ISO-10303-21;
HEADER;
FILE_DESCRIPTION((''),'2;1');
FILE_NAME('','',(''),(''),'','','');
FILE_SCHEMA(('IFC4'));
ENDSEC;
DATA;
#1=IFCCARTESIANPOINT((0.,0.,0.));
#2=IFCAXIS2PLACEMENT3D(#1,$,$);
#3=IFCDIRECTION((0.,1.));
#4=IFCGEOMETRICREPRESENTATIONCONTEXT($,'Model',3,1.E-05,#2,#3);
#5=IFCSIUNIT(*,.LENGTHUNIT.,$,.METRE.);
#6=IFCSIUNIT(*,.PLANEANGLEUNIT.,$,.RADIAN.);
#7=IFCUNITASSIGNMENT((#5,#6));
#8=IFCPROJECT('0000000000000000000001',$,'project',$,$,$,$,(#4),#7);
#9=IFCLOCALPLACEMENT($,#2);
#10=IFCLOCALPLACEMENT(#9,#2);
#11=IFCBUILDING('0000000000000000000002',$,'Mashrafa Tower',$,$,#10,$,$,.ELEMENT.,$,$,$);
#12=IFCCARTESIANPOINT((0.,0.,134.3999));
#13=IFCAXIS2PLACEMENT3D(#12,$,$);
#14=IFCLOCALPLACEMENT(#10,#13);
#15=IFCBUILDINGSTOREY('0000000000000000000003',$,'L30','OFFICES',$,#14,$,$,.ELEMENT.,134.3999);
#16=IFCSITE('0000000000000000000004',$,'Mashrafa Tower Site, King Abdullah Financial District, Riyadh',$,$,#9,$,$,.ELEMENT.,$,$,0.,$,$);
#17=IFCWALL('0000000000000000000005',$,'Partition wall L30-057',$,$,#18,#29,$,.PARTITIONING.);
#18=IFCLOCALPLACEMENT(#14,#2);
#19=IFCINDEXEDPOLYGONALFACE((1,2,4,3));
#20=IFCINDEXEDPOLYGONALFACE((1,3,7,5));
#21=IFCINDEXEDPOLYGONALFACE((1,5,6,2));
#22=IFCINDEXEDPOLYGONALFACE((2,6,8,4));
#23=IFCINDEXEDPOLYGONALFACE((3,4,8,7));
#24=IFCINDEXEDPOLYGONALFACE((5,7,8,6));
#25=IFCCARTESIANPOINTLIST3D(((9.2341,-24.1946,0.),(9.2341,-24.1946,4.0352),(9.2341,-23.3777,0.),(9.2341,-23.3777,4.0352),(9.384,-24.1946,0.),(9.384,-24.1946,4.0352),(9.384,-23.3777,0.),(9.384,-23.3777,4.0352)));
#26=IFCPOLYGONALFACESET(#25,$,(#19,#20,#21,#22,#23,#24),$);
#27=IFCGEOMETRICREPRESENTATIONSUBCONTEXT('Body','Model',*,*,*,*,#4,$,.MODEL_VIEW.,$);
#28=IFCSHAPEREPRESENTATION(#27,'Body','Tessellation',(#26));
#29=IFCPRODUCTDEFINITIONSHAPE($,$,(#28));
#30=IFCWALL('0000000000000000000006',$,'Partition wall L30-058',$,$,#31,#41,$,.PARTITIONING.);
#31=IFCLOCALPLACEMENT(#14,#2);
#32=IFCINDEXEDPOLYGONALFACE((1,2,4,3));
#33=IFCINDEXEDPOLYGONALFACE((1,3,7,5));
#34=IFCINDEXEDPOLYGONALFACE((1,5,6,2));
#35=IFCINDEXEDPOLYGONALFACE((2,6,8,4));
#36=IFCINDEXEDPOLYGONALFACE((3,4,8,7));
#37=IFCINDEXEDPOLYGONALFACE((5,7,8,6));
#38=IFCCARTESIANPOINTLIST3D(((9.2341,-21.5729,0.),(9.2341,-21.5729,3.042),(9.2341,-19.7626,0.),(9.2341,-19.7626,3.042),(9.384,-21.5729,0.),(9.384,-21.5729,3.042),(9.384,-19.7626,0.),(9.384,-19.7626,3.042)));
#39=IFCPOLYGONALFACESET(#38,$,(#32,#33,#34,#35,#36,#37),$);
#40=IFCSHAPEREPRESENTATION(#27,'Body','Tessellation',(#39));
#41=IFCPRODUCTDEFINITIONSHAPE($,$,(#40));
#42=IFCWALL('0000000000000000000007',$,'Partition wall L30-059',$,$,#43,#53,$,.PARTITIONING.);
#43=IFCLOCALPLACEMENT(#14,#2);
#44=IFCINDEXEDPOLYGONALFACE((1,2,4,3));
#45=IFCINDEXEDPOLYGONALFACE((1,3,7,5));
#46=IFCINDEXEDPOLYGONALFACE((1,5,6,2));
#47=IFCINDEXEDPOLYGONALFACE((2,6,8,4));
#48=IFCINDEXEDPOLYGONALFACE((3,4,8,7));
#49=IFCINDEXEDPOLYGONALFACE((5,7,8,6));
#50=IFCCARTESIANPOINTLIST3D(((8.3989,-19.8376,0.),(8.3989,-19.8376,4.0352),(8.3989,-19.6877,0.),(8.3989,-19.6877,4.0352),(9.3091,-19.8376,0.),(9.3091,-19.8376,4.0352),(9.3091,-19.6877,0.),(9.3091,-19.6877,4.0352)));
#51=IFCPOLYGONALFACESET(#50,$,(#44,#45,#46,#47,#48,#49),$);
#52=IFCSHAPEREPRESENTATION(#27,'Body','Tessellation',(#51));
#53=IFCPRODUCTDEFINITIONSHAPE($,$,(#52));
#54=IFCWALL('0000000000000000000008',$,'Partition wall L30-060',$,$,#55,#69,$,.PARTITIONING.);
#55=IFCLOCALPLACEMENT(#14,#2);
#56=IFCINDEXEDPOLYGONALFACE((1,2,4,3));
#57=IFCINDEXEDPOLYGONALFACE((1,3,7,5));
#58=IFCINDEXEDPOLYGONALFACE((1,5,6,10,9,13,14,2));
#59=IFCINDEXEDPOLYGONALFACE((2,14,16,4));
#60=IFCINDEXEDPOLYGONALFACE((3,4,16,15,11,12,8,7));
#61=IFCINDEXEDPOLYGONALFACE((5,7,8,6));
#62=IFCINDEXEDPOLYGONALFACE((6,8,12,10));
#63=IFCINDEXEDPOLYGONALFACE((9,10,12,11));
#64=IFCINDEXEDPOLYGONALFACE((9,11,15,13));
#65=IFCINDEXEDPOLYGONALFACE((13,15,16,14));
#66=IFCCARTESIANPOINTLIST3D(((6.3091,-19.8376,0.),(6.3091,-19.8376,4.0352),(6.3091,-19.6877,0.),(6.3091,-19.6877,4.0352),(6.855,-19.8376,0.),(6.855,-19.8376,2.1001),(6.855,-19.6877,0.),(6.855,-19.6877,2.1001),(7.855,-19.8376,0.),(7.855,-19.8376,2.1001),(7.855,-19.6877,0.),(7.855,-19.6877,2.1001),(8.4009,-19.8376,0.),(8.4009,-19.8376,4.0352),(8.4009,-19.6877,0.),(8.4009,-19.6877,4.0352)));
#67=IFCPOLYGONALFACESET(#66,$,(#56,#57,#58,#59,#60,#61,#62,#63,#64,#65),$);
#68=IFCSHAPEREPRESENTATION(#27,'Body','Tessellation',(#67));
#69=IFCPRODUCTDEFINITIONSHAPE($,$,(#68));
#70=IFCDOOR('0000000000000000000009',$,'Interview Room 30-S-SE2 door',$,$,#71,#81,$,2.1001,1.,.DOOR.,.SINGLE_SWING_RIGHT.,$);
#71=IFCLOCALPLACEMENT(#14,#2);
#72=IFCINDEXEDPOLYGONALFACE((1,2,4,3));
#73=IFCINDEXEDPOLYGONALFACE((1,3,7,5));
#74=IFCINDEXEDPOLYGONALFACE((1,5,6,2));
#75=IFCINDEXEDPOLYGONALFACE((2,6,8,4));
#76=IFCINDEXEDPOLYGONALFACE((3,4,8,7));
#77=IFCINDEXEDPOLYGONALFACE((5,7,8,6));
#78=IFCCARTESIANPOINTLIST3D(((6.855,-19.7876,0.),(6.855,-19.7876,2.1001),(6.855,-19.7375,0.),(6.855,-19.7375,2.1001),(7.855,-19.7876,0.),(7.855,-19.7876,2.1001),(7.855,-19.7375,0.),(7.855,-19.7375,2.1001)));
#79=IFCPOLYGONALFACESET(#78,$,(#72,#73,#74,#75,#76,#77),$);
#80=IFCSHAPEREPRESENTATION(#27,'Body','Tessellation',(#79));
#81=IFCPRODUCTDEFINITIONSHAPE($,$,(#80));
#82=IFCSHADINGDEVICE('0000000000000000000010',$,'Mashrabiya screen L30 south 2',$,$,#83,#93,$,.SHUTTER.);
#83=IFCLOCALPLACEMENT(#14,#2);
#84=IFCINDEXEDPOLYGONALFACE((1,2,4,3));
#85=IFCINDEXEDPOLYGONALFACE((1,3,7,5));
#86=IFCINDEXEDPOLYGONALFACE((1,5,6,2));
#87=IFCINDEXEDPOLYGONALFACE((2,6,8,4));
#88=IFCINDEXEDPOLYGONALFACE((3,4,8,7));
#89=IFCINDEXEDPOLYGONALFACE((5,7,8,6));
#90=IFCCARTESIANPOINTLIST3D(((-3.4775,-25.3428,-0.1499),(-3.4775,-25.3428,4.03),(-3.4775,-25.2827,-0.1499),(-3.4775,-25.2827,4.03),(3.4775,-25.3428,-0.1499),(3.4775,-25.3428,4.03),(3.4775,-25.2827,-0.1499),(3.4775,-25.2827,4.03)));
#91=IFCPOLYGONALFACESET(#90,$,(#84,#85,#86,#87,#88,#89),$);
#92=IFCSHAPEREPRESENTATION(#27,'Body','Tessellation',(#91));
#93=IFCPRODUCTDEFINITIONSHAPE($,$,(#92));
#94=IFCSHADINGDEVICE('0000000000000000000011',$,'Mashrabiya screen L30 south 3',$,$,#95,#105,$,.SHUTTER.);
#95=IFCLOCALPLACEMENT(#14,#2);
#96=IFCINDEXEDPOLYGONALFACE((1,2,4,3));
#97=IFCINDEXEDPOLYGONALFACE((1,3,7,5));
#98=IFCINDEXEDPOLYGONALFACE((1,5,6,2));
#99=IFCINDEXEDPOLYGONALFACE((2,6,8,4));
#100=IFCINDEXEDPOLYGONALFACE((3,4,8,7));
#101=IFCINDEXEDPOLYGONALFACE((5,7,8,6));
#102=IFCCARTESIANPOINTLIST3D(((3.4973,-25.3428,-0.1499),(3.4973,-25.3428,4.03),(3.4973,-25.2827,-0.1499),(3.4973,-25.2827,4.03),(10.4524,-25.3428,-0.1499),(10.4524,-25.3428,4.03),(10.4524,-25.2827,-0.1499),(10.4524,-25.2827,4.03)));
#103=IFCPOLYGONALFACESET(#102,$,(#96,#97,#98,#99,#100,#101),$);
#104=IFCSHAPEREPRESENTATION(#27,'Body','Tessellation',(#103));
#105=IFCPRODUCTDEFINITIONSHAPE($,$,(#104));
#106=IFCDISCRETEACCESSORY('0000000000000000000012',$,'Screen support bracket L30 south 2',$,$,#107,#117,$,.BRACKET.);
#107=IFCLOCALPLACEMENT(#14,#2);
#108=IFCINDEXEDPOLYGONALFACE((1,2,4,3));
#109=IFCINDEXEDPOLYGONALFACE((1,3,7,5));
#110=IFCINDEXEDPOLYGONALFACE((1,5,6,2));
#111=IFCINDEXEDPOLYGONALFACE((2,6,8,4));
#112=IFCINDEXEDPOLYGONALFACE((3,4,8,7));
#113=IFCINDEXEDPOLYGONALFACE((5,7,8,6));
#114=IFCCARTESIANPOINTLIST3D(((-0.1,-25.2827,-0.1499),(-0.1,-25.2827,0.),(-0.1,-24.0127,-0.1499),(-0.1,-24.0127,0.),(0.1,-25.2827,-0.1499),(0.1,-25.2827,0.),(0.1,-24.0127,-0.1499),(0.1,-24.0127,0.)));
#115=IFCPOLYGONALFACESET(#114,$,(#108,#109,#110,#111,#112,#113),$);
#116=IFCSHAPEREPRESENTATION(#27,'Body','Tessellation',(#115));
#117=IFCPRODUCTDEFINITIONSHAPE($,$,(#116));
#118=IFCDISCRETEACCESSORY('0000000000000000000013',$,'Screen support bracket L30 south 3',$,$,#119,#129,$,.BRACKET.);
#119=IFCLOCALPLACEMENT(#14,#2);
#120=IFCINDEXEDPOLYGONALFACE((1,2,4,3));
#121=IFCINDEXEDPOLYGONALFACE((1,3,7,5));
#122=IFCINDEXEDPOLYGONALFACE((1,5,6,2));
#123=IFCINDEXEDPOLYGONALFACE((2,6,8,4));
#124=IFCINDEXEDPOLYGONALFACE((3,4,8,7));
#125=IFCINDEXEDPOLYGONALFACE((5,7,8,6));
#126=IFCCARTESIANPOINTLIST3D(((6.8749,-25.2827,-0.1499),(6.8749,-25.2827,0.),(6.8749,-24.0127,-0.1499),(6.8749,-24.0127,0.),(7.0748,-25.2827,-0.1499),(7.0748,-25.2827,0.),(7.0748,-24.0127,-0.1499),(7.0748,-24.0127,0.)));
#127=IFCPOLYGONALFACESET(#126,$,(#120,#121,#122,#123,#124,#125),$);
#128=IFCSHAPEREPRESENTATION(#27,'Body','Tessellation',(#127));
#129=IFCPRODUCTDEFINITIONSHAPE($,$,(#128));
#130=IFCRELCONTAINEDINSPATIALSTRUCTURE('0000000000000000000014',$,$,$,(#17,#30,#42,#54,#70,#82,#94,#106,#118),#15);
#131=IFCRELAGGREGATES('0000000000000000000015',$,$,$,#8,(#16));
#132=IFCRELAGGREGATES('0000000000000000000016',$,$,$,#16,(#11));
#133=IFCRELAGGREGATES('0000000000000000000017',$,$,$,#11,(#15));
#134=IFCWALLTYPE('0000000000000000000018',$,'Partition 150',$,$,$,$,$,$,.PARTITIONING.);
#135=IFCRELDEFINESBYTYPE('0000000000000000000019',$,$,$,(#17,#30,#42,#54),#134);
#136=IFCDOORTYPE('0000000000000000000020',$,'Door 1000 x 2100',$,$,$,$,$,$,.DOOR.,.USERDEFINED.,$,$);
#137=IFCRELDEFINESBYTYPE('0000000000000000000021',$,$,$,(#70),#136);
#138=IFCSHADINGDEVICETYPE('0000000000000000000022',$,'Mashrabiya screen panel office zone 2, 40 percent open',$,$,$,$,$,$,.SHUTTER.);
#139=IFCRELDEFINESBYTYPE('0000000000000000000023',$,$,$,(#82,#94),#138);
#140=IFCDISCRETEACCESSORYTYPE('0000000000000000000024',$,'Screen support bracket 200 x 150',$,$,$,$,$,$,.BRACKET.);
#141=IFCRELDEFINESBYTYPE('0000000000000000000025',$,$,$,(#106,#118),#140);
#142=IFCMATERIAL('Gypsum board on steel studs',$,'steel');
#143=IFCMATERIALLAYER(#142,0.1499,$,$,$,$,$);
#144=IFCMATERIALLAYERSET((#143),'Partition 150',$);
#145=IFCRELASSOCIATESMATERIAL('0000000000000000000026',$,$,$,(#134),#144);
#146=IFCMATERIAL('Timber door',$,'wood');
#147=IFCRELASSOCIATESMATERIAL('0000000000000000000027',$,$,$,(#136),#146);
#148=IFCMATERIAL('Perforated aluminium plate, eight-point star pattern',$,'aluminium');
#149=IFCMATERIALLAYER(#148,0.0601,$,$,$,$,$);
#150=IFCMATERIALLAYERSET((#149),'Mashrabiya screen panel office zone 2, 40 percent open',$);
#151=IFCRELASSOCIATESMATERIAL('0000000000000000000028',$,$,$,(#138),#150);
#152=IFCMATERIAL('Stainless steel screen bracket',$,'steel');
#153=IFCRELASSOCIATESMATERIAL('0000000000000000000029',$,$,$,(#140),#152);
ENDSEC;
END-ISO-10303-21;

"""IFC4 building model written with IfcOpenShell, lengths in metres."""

from ifc_helpers import new_model, si_unit, direction, frame, frame_2d, origin, origin_2d, place, context, subcontext, project, spatial, rectangle, extrude, source, transform, mapped, material, layer, layer_set, type_object, type_shapes, element, fill, save


model = new_model("IFC4")

# Units and contexts
model_context = context("Model", 3, precision=1e-05, world=origin(), true_north=direction((0.0, 1.0)))
body_context = subcontext(model_context, "Body", "Model", "MODEL_VIEW")
ifc_project = project(units=[si_unit("LENGTHUNIT", "METRE"), si_unit("PLANEANGLEUNIT", "RADIAN")], contexts=[model_context])

# Site, building, storey
site_placement = place(None, origin())
site = spatial("IfcSite", under=ifc_project, at=site_placement, Name="Mashrafa Tower Site, King Abdullah Financial District, Riyadh", CompositionType="ELEMENT", RefElevation=0.0)
building_placement = place(site_placement, origin())
building = spatial("IfcBuilding", under=site, at=building_placement, Name="Mashrafa Tower", CompositionType="ELEMENT")
storey_placement = place(building_placement, frame((0.0, 0.0, 134.3999)))
storey = spatial("IfcBuildingStorey", under=building, at=storey_placement, Name="L30", Description="OFFICES", CompositionType="ELEMENT", Elevation=134.3999)

# Walls
ifc_material_1 = material(Name="Gypsum board on steel studs", Category="steel")
ifc_layer_1 = layer(ifc_material_1, 0.1499)
ifc_layer_set_1 = layer_set([ifc_layer_1], Name="Partition 150")
wall_type_1 = type_object("IfcWallType", Name="Partition 150", PredefinedType="PARTITIONING", material=ifc_layer_set_1)
wall_1_placement = place(storey_placement, frame((9.3091, -24.1946, 0.0), z_axis=(0.0, 0.0, 1.0), x_axis=(0.0, 1.0, 0.0)))
element("IfcWall", 1, at=wall_1_placement, inside=storey, type_object=wall_type_1, Name="Partition wall L30-057", PredefinedType="PARTITIONING", context=body_context, shape_type="SweptSolid", body=[
    extrude(rectangle(XDim=0.8169, YDim=0.1499, at=frame_2d((0.4084, 0.0))), origin(), (0.0, 0.0, 1.0), 4.0352),
])
wall_2_placement = place(storey_placement, frame((9.3091, -21.573, 0.0), z_axis=(0.0, 0.0, 1.0), x_axis=(0.0, 1.0, 0.0)))
element("IfcWall", 2, at=wall_2_placement, inside=storey, type_object=wall_type_1, Name="Partition wall L30-058", PredefinedType="PARTITIONING", context=body_context, shape_type="SweptSolid", body=[
    extrude(rectangle(XDim=1.8103, YDim=0.1499, at=frame_2d((0.9053, 0.0))), origin(), (0.0, 0.0, 1.0), 3.042),
])
wall_3_placement = place(storey_placement, frame((9.3091, -19.7627, 0.0), z_axis=(0.0, 0.0, 1.0), x_axis=(-1.0, 0.0, 0.0)))
element("IfcWall", 3, at=wall_3_placement, inside=storey, type_object=wall_type_1, Name="Partition wall L30-059", PredefinedType="PARTITIONING", context=body_context, shape_type="SweptSolid", body=[
    extrude(rectangle(XDim=0.9102, YDim=0.1499, at=frame_2d((0.4551, 0.0))), origin(), (0.0, 0.0, 1.0), 4.0352),
])

# Wall, opening, door
wall_4_placement = place(storey_placement, frame((8.4009, -19.7627, 0.0), z_axis=(0.0, 0.0, 1.0), x_axis=(-1.0, 0.0, 0.0)))
wall_4 = element("IfcWall", 4, at=wall_4_placement, inside=storey, type_object=wall_type_1, Name="Partition wall L30-060", PredefinedType="PARTITIONING", context=body_context, shape_type="SweptSolid", body=[
    extrude(rectangle(XDim=2.0918, YDim=0.1499, at=frame_2d((1.0459, 0.0))), origin(), (0.0, 0.0, 1.0), 4.0352),
])
opening_1_placement = place(wall_4_placement, frame((0.5459, 0.0, 0.0)))
opening_1 = element("IfcOpeningElement", 5, at=opening_1_placement, cuts=wall_4, PredefinedType="OPENING", context=body_context, shape_type="SweptSolid", body=[
    extrude(rectangle(XDim=1.0, YDim=2.1001, at=frame_2d((0.5, 1.05))), frame((0.0, 0.085, 0.0), z_axis=(0.0, -1.0, 0.0), x_axis=(1.0, 0.0, 0.0)), (0.0, 0.0, 1.0), 0.1699),
])
ifc_material_2 = material(Name="Timber door", Category="wood")
door_type_1 = type_object("IfcDoorType", Name="Door 1000 x 2100", OperationType="USERDEFINED", PredefinedType="DOOR", material=ifc_material_2)
door_1_placement = place(opening_1_placement, origin())
door_1 = element("IfcDoor", 6, at=door_1_placement, inside=storey, type_object=door_type_1, Name="Interview Room 30-S-SE2 door", OperationType="SINGLE_SWING_RIGHT", OverallHeight=2.1001, OverallWidth=1.0, PredefinedType="DOOR", context=body_context, shape_type="SweptSolid", body=[
    extrude(rectangle(XDim=1.0, YDim=2.1001, at=frame_2d((0.5, 1.05))), frame((0.0, 0.0249, 0.0), z_axis=(0.0, -1.0, 0.0), x_axis=(1.0, 0.0, 0.0)), (0.0, 0.0, 1.0), 0.05),
])
fill(opening_1, door_1)

# Shading devices
ifc_material_3 = material(Name="Perforated aluminium plate, eight-point star pattern", Category="aluminium")
ifc_layer_2 = layer(ifc_material_3, 0.0601)
ifc_layer_set_2 = layer_set([ifc_layer_2], Name="Mashrabiya screen panel office zone 2, 40 percent open")
shading_device_type = type_object("IfcShadingDeviceType", Name="Mashrabiya screen panel office zone 2, 40 percent open", PredefinedType="SHUTTER", material=ifc_layer_set_2)
shared_shape_1 = source(origin(), body_context, "Body", "SweptSolid", [
    extrude(rectangle(XDim=6.9551, YDim=0.0601, at=origin_2d()), origin(), (0.0, 0.0, 1.0), 4.1799),
])
type_shapes(shading_device_type, [shared_shape_1])
for number, where, z_axis, x_axis, name in (
    (7, (0.0, -25.3127, -0.1499), (0.0, 0.0, 1.0), (1.0, 0.0, 0.0), "Mashrabiya screen L30 south 2"),
    (8, (6.9749, -25.3127, -0.1499), (0.0, 0.0, 1.0), (1.0, 0.0, 0.0), "Mashrabiya screen L30 south 3"),
):
    element("IfcShadingDevice", number, at=place(storey_placement, frame(where, z_axis=z_axis, x_axis=x_axis)), inside=storey, type_object=shading_device_type, Name=name, PredefinedType="SHUTTER", context=body_context, shape_type="MappedRepresentation", body=[
        mapped(shared_shape_1, transform((0.0, 0.0, 0.0))),
    ])

# Discrete accessories
ifc_material_4 = material(Name="Stainless steel screen bracket", Category="steel")
discrete_accessory_type = type_object("IfcDiscreteAccessoryType", Name="Screen support bracket 200 x 150", PredefinedType="BRACKET", material=ifc_material_4)
shared_shape_2 = source(origin(), body_context, "Body", "SweptSolid", [
    extrude(rectangle(XDim=0.2, YDim=1.27, at=origin_2d()), origin(), (0.0, 0.0, 1.0), 0.1499),
])
type_shapes(discrete_accessory_type, [shared_shape_2])
for number, where, z_axis, x_axis, name in (
    (9, (0.0, -24.6477, -0.1499), (0.0, 0.0, 1.0), (1.0, 0.0, 0.0), "Screen support bracket L30 south 2"),
    (10, (6.9749, -24.6477, -0.1499), (0.0, 0.0, 1.0), (1.0, 0.0, 0.0), "Screen support bracket L30 south 3"),
):
    element("IfcDiscreteAccessory", number, at=place(storey_placement, frame(where, z_axis=z_axis, x_axis=x_axis)), inside=storey, type_object=discrete_accessory_type, Name=name, PredefinedType="BRACKET", context=body_context, shape_type="MappedRepresentation", body=[
        mapped(shared_shape_2, transform((0.0, 0.0, 0.0))),
    ])

save(model, "model.ifc")
